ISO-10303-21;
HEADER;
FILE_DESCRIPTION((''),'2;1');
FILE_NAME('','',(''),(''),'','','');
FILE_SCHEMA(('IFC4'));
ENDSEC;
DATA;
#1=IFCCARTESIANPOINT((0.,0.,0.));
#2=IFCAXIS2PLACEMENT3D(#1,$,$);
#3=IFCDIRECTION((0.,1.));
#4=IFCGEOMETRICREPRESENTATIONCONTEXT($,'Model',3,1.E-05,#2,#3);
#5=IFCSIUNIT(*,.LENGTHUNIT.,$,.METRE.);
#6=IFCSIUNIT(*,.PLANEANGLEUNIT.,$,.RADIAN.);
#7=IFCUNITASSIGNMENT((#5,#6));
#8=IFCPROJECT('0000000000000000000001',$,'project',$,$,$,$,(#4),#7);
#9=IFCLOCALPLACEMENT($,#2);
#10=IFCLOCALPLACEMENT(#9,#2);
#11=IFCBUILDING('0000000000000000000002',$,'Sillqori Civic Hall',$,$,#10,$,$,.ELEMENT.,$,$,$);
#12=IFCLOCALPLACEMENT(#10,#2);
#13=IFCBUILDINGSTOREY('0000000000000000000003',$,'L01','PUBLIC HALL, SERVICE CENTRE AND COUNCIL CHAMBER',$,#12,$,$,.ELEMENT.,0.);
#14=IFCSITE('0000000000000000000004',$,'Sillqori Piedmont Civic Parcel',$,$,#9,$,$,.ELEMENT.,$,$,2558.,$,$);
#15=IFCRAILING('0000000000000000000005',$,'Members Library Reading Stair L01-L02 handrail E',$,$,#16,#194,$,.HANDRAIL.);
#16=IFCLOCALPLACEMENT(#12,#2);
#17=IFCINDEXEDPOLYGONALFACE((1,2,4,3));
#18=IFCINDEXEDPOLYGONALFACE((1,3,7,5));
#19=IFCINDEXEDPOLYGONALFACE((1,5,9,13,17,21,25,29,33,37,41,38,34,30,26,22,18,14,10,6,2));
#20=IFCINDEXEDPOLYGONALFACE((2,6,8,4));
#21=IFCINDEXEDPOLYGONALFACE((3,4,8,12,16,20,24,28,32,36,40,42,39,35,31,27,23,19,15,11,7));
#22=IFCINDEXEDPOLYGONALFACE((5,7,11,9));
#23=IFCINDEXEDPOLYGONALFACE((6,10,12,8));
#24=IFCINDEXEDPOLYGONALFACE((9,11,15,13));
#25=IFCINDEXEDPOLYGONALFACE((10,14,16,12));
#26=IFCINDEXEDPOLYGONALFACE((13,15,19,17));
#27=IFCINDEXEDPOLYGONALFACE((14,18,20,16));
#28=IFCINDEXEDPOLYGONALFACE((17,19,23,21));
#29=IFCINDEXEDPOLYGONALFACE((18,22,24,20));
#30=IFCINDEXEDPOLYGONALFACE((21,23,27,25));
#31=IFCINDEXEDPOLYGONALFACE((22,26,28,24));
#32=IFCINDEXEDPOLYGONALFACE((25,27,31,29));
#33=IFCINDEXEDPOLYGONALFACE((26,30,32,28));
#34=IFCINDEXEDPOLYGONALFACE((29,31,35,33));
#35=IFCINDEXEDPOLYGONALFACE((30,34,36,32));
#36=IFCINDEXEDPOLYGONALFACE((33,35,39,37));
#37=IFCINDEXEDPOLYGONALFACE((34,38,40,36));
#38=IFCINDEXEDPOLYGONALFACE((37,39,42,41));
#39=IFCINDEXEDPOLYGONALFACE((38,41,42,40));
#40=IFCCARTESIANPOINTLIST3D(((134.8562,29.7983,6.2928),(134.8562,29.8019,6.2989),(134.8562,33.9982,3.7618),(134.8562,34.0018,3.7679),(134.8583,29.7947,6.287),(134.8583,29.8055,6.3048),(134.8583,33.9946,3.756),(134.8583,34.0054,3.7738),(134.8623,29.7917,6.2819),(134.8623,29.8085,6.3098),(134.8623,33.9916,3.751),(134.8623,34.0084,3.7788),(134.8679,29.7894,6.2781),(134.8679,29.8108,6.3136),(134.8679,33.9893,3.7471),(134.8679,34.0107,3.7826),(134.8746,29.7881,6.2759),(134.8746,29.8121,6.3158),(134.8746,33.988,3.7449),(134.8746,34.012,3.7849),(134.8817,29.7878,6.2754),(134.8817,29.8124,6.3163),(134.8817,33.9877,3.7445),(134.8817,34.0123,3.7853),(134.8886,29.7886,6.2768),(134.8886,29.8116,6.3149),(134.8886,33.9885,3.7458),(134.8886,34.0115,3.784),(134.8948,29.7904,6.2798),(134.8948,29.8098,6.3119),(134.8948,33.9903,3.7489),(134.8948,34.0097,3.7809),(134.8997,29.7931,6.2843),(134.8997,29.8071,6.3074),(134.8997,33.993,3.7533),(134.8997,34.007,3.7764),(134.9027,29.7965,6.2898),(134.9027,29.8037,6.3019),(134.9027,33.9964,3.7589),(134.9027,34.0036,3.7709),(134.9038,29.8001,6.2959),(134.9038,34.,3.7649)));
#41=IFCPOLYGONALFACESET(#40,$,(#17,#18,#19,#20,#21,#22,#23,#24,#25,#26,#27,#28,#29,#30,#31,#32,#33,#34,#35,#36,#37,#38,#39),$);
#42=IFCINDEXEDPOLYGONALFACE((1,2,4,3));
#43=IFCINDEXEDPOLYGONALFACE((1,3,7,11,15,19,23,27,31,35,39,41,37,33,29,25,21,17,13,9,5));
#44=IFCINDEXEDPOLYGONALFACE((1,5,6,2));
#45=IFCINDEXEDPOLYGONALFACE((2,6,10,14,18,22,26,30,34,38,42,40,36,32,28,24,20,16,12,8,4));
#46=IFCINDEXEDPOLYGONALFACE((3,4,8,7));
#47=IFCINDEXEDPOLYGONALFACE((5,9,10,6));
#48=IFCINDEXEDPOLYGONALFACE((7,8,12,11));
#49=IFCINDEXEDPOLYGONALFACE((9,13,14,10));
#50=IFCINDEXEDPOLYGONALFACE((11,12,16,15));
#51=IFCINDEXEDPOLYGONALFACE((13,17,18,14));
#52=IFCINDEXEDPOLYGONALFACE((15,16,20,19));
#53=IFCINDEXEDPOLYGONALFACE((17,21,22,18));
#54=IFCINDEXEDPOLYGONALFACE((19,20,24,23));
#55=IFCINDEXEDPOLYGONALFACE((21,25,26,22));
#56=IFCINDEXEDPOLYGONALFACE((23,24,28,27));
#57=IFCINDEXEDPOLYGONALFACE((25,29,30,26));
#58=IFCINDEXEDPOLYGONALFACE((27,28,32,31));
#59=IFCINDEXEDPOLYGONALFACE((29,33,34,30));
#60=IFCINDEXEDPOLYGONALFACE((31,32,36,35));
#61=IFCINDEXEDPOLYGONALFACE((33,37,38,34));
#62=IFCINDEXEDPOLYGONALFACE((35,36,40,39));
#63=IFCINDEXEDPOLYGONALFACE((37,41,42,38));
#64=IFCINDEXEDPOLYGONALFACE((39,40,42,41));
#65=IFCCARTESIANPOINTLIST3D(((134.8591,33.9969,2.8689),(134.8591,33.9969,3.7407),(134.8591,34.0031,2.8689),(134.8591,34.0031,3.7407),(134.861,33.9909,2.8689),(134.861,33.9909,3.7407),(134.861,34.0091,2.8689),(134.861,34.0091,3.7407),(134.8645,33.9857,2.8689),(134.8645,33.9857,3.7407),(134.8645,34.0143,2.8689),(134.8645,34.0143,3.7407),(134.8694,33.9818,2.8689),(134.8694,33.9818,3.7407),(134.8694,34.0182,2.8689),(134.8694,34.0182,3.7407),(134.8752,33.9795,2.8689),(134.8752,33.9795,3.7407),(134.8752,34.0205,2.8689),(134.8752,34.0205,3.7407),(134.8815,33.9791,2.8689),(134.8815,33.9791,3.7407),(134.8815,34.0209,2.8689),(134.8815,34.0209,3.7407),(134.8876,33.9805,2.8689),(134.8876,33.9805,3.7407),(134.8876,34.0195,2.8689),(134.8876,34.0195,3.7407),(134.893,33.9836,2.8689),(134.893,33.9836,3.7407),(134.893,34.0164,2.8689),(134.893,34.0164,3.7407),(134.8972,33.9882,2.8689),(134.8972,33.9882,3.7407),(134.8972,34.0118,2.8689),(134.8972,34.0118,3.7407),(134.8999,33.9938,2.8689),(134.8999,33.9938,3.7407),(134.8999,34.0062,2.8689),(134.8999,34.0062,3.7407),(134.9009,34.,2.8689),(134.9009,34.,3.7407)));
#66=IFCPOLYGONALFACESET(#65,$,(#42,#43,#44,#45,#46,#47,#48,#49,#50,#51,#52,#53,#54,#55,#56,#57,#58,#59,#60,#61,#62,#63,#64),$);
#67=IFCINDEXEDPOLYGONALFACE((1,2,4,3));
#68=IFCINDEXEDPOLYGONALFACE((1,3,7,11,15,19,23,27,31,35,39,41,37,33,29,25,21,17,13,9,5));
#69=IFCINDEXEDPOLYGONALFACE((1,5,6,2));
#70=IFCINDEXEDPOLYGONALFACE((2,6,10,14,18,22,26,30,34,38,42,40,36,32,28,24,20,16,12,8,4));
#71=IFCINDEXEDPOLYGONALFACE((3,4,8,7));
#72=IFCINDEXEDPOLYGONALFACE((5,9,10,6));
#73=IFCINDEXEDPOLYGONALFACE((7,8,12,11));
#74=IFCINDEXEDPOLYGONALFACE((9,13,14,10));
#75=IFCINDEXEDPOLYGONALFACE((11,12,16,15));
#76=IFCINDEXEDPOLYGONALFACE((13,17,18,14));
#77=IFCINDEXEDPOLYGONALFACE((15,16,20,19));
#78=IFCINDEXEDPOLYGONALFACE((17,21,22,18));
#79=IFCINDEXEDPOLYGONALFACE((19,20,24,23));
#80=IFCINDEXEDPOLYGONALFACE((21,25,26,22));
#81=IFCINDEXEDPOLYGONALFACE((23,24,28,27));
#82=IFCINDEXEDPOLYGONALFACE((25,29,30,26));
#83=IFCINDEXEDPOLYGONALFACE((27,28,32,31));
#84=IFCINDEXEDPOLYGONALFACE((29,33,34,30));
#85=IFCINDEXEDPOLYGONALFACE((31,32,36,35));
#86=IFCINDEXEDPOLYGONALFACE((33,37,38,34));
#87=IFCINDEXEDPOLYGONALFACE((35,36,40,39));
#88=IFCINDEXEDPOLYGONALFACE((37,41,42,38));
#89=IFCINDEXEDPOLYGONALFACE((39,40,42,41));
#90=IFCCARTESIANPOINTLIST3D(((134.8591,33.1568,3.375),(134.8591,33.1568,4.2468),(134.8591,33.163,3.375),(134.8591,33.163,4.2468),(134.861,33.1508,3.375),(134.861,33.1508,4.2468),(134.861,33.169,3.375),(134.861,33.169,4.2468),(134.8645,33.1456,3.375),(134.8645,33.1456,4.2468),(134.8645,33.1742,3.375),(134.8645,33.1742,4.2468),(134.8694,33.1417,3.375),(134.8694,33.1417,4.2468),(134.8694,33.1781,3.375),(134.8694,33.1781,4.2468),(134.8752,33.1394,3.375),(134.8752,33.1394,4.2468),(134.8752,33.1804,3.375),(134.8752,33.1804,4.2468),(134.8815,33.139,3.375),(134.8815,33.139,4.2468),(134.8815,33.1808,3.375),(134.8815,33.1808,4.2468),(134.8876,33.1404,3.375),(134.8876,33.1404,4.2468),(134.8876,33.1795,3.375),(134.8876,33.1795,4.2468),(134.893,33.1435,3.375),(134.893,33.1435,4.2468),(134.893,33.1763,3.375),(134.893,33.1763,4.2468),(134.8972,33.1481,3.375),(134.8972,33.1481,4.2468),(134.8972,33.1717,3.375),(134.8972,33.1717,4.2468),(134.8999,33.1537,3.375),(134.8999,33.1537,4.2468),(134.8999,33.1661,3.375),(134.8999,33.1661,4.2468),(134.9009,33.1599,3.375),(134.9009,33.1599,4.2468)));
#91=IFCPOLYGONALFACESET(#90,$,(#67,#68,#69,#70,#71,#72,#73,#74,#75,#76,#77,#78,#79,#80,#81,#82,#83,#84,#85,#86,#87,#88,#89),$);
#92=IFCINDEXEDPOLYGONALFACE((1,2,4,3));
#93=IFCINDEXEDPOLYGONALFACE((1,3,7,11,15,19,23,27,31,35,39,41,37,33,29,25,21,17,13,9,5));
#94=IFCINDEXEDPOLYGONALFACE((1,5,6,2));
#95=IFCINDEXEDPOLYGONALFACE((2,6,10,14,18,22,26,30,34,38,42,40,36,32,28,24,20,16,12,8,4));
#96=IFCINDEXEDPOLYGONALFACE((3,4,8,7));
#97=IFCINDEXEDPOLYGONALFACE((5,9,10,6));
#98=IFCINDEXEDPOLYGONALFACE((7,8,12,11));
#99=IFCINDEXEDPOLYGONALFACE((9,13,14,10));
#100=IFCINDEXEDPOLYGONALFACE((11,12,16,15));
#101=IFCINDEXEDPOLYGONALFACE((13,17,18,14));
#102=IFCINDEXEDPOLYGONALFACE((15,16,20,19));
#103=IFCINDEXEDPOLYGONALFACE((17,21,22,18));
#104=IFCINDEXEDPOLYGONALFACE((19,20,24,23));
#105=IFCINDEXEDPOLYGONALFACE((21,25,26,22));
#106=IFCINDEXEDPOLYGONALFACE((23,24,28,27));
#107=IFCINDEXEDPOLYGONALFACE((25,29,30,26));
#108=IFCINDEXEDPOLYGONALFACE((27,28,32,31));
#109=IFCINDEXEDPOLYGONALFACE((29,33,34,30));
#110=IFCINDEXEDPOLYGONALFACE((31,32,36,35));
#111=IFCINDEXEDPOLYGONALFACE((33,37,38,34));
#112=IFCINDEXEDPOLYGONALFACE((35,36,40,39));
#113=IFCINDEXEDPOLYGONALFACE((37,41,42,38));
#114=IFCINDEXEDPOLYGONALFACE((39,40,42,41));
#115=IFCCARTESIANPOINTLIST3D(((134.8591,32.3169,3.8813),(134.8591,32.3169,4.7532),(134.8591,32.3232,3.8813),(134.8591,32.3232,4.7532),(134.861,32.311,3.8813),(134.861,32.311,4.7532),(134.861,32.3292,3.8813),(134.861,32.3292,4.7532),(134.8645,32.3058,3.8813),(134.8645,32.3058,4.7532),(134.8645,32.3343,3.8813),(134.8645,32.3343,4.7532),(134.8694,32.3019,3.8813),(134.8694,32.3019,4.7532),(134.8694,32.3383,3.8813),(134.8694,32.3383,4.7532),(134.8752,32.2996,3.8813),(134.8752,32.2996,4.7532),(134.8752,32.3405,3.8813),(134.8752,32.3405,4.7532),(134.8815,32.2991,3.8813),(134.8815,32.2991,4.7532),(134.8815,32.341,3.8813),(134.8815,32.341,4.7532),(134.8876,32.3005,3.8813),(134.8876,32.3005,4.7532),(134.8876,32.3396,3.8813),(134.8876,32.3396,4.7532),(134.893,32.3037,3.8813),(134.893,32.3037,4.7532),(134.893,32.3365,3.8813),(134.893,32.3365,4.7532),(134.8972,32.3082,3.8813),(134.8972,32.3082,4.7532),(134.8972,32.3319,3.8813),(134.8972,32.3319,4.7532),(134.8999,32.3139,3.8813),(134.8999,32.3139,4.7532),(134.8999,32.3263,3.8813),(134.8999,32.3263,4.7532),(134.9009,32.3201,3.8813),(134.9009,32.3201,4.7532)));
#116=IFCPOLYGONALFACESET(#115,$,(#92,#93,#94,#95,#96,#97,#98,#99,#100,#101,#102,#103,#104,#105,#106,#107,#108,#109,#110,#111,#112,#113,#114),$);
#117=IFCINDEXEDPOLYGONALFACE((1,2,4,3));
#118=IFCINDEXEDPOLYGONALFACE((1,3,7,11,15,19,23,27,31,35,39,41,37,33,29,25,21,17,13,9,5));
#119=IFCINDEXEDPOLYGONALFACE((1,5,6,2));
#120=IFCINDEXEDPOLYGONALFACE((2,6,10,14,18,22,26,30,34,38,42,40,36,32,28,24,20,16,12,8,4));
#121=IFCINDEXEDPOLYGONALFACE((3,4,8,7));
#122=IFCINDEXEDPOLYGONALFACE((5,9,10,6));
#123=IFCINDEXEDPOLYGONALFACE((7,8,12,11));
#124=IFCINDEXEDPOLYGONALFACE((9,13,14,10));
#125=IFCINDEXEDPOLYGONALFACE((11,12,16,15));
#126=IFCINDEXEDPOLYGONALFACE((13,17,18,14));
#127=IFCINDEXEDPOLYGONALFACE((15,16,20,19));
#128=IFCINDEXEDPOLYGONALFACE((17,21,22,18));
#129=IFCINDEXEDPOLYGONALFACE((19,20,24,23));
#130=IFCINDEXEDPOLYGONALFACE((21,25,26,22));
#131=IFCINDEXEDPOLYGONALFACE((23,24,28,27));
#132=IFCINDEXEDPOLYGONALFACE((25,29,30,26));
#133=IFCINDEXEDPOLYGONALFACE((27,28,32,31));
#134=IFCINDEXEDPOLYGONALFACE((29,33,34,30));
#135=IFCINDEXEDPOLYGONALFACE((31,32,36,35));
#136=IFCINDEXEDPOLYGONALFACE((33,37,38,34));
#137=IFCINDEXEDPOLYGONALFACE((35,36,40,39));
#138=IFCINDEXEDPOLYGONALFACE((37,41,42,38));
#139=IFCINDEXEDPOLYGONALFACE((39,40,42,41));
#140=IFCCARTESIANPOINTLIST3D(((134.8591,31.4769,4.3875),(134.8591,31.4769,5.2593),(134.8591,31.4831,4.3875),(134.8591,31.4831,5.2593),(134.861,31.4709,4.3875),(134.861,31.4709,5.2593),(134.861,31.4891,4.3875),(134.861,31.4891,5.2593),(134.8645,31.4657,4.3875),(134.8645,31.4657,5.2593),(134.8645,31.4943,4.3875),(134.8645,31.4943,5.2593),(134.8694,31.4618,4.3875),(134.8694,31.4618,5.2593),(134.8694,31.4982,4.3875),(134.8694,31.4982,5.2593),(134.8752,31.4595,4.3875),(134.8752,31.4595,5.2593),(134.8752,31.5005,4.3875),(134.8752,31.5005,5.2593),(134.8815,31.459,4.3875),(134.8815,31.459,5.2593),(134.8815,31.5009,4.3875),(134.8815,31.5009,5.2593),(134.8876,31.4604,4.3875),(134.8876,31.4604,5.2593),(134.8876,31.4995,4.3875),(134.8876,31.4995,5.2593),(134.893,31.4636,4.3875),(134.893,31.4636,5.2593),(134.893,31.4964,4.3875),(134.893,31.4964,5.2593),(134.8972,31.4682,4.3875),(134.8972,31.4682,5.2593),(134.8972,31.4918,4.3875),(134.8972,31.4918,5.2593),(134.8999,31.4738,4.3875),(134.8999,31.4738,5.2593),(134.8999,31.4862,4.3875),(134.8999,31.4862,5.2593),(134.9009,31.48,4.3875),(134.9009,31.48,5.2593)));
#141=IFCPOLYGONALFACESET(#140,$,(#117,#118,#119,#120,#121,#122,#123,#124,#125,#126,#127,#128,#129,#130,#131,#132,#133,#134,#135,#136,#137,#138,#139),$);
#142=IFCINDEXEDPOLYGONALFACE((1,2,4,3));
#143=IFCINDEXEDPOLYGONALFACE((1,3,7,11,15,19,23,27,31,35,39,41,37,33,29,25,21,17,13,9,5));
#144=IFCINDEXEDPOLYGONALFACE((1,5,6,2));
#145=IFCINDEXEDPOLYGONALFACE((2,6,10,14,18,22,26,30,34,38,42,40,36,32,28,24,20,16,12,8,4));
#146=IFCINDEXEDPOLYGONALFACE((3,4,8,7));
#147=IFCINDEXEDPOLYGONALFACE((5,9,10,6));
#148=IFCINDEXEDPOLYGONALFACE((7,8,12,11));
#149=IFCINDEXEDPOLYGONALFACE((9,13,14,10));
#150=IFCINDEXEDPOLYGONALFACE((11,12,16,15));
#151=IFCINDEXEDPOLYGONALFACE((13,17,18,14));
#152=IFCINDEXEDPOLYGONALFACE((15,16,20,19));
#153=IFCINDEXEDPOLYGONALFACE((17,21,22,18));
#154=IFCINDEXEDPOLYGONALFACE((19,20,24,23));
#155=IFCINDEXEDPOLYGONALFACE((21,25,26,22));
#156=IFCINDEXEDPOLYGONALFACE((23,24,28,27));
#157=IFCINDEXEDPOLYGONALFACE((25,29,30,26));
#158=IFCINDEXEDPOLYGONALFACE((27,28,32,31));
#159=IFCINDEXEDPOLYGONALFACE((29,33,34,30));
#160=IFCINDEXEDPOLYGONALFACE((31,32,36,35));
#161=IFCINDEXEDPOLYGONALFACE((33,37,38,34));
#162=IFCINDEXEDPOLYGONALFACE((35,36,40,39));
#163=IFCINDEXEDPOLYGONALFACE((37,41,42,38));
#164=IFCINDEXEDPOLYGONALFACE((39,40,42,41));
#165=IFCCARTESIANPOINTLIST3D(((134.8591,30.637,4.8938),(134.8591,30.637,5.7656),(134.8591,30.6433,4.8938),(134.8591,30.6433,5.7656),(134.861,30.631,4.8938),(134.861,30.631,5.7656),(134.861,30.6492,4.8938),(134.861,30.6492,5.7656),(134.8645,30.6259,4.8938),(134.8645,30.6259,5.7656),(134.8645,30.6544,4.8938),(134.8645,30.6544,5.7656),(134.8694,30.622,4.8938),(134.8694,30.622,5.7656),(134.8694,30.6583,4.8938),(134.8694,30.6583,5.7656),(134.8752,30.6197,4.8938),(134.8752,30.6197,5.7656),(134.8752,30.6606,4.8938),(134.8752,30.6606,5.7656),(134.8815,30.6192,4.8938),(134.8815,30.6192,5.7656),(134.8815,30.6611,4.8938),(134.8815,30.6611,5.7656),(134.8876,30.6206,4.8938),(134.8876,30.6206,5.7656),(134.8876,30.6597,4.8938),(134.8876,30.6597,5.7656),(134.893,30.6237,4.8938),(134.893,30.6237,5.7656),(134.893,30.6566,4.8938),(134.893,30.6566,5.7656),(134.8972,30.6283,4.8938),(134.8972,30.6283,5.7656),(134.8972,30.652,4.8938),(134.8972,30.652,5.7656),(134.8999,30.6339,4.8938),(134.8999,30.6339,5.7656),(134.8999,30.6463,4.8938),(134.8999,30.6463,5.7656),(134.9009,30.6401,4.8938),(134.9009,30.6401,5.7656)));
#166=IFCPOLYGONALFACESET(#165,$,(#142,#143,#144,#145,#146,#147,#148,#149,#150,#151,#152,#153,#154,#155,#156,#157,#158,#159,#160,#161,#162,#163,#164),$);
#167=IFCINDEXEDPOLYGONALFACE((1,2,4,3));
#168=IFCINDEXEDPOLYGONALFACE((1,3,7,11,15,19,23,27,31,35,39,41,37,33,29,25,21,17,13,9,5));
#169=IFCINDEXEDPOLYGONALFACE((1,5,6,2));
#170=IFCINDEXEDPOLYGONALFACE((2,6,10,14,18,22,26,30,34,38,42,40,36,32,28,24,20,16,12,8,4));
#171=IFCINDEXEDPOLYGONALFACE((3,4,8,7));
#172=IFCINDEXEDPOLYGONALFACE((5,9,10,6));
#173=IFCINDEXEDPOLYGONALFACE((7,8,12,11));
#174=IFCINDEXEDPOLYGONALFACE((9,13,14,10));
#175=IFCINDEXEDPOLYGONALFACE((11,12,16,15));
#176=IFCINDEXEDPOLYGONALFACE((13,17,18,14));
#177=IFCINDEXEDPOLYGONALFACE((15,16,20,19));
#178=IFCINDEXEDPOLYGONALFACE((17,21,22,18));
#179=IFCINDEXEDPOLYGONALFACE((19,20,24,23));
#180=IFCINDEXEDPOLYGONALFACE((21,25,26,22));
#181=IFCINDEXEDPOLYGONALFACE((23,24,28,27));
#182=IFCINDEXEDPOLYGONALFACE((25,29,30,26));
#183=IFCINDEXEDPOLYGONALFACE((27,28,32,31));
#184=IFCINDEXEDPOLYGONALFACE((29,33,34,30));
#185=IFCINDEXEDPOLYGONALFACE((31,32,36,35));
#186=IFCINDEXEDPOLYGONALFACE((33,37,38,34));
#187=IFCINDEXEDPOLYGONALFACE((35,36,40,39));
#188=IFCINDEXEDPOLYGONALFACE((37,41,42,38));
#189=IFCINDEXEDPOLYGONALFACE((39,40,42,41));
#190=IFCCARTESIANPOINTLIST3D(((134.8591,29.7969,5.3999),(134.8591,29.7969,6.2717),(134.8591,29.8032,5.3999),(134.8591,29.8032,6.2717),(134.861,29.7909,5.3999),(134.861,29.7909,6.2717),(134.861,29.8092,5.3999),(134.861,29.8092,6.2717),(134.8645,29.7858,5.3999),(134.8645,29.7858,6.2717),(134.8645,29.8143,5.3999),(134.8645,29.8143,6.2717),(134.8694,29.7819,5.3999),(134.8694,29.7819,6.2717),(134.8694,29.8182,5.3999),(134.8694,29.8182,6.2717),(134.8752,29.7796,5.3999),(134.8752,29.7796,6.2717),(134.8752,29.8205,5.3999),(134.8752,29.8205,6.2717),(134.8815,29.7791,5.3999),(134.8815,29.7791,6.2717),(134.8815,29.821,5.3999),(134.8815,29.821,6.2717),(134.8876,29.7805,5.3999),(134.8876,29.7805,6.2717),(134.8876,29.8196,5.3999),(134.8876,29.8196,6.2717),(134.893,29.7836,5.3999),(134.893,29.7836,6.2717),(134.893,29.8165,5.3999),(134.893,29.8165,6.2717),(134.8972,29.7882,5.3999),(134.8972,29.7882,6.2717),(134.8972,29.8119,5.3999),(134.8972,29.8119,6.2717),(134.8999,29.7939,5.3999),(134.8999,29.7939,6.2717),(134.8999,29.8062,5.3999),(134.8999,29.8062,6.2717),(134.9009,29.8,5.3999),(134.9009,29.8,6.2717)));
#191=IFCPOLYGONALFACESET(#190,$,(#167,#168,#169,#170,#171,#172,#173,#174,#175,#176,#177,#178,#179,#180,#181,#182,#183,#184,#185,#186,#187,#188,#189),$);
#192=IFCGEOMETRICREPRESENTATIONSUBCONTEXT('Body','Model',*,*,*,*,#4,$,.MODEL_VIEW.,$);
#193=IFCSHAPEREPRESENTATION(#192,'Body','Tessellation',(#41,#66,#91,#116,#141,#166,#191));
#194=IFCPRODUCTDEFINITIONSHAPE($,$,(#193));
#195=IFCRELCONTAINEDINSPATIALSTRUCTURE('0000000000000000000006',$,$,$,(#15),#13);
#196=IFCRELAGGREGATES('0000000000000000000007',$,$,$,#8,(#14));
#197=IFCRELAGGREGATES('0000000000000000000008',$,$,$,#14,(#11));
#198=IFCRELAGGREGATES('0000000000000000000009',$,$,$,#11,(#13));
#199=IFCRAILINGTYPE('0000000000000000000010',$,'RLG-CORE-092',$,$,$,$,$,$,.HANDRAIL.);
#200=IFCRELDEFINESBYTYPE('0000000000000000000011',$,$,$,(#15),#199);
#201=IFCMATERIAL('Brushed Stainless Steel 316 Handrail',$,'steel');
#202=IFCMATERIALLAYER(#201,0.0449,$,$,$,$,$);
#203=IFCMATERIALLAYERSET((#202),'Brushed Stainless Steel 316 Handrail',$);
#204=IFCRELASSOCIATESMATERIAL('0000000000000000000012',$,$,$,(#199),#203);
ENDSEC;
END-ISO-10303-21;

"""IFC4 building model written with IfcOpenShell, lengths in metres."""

from ifc_helpers import new_model, si_unit, direction, frame, origin, origin_2d, place, context, subcontext, project, spatial, circle, extrude, material, layer, layer_set, type_object, element, save


model = new_model("IFC4")

# Units and contexts
model_context = context("Model", 3, precision=1e-05, world=origin(), true_north=direction((0.0, 1.0)))
body_context = subcontext(model_context, "Body", "Model", "MODEL_VIEW")
ifc_project = project(units=[si_unit("LENGTHUNIT", "METRE"), si_unit("PLANEANGLEUNIT", "RADIAN")], contexts=[model_context])

# Site, building, storey
site_placement = place(None, origin())
site = spatial("IfcSite", under=ifc_project, at=site_placement, Name="Sillqori Piedmont Civic Parcel", CompositionType="ELEMENT", RefElevation=2558.0)
building_placement = place(site_placement, origin())
building = spatial("IfcBuilding", under=site, at=building_placement, Name="Sillqori Civic Hall", CompositionType="ELEMENT")
storey_placement = place(building_placement, origin())
storey = spatial("IfcBuildingStorey", under=building, at=storey_placement, Name="L01", Description="PUBLIC HALL, SERVICE CENTRE AND COUNCIL CHAMBER", CompositionType="ELEMENT", Elevation=0.0)

# Railing
ifc_material_1 = material(Name="Brushed Stainless Steel 316 Handrail", Category="steel")
ifc_layer_1 = layer(ifc_material_1, 0.0449)
ifc_layer_set_1 = layer_set([ifc_layer_1], Name="Brushed Stainless Steel 316 Handrail")
railing_type_1 = type_object("IfcRailingType", Name="RLG-CORE-092", PredefinedType="HANDRAIL", material=ifc_layer_set_1)
railing_1_placement = place(storey_placement, frame((134.8799, 34.0, 2.8689)))
element("IfcRailing", 1, at=railing_1_placement, inside=storey, type_object=railing_type_1, Name="Members Library Reading Stair L01-L02 handrail E", PredefinedType="HANDRAIL", context=body_context, shape_type="SweptSolid", body=[
    extrude(circle(Radius=0.0239, at=origin_2d()), frame((0.0, 0.0, 0.896), z_axis=(0.0, -0.856499, 0.51615), x_axis=(1.0, 0.0, 0.0)), (0.0, 0.0, 1.0), 4.9036),
    extrude(circle(Radius=0.021, at=origin_2d()), origin(), (0.0, 0.0, 1.0), 0.8718),
    extrude(circle(Radius=0.021, at=origin_2d()), frame((0.0, -0.8401, 0.5061)), (0.0, 0.0, 1.0), 0.8718),
    extrude(circle(Radius=0.021, at=origin_2d()), frame((0.0, -1.6799, 1.0125)), (0.0, 0.0, 1.0), 0.8718),
    extrude(circle(Radius=0.021, at=origin_2d()), frame((0.0, -2.52, 1.5186)), (0.0, 0.0, 1.0), 0.8718),
    extrude(circle(Radius=0.021, at=origin_2d()), frame((0.0, -3.3599, 2.0249)), (0.0, 0.0, 1.0), 0.8718),
    extrude(circle(Radius=0.021, at=origin_2d()), frame((0.0, -4.2, 2.531)), (0.0, 0.0, 1.0), 0.8718),
])

save(model, "model.ifc")
